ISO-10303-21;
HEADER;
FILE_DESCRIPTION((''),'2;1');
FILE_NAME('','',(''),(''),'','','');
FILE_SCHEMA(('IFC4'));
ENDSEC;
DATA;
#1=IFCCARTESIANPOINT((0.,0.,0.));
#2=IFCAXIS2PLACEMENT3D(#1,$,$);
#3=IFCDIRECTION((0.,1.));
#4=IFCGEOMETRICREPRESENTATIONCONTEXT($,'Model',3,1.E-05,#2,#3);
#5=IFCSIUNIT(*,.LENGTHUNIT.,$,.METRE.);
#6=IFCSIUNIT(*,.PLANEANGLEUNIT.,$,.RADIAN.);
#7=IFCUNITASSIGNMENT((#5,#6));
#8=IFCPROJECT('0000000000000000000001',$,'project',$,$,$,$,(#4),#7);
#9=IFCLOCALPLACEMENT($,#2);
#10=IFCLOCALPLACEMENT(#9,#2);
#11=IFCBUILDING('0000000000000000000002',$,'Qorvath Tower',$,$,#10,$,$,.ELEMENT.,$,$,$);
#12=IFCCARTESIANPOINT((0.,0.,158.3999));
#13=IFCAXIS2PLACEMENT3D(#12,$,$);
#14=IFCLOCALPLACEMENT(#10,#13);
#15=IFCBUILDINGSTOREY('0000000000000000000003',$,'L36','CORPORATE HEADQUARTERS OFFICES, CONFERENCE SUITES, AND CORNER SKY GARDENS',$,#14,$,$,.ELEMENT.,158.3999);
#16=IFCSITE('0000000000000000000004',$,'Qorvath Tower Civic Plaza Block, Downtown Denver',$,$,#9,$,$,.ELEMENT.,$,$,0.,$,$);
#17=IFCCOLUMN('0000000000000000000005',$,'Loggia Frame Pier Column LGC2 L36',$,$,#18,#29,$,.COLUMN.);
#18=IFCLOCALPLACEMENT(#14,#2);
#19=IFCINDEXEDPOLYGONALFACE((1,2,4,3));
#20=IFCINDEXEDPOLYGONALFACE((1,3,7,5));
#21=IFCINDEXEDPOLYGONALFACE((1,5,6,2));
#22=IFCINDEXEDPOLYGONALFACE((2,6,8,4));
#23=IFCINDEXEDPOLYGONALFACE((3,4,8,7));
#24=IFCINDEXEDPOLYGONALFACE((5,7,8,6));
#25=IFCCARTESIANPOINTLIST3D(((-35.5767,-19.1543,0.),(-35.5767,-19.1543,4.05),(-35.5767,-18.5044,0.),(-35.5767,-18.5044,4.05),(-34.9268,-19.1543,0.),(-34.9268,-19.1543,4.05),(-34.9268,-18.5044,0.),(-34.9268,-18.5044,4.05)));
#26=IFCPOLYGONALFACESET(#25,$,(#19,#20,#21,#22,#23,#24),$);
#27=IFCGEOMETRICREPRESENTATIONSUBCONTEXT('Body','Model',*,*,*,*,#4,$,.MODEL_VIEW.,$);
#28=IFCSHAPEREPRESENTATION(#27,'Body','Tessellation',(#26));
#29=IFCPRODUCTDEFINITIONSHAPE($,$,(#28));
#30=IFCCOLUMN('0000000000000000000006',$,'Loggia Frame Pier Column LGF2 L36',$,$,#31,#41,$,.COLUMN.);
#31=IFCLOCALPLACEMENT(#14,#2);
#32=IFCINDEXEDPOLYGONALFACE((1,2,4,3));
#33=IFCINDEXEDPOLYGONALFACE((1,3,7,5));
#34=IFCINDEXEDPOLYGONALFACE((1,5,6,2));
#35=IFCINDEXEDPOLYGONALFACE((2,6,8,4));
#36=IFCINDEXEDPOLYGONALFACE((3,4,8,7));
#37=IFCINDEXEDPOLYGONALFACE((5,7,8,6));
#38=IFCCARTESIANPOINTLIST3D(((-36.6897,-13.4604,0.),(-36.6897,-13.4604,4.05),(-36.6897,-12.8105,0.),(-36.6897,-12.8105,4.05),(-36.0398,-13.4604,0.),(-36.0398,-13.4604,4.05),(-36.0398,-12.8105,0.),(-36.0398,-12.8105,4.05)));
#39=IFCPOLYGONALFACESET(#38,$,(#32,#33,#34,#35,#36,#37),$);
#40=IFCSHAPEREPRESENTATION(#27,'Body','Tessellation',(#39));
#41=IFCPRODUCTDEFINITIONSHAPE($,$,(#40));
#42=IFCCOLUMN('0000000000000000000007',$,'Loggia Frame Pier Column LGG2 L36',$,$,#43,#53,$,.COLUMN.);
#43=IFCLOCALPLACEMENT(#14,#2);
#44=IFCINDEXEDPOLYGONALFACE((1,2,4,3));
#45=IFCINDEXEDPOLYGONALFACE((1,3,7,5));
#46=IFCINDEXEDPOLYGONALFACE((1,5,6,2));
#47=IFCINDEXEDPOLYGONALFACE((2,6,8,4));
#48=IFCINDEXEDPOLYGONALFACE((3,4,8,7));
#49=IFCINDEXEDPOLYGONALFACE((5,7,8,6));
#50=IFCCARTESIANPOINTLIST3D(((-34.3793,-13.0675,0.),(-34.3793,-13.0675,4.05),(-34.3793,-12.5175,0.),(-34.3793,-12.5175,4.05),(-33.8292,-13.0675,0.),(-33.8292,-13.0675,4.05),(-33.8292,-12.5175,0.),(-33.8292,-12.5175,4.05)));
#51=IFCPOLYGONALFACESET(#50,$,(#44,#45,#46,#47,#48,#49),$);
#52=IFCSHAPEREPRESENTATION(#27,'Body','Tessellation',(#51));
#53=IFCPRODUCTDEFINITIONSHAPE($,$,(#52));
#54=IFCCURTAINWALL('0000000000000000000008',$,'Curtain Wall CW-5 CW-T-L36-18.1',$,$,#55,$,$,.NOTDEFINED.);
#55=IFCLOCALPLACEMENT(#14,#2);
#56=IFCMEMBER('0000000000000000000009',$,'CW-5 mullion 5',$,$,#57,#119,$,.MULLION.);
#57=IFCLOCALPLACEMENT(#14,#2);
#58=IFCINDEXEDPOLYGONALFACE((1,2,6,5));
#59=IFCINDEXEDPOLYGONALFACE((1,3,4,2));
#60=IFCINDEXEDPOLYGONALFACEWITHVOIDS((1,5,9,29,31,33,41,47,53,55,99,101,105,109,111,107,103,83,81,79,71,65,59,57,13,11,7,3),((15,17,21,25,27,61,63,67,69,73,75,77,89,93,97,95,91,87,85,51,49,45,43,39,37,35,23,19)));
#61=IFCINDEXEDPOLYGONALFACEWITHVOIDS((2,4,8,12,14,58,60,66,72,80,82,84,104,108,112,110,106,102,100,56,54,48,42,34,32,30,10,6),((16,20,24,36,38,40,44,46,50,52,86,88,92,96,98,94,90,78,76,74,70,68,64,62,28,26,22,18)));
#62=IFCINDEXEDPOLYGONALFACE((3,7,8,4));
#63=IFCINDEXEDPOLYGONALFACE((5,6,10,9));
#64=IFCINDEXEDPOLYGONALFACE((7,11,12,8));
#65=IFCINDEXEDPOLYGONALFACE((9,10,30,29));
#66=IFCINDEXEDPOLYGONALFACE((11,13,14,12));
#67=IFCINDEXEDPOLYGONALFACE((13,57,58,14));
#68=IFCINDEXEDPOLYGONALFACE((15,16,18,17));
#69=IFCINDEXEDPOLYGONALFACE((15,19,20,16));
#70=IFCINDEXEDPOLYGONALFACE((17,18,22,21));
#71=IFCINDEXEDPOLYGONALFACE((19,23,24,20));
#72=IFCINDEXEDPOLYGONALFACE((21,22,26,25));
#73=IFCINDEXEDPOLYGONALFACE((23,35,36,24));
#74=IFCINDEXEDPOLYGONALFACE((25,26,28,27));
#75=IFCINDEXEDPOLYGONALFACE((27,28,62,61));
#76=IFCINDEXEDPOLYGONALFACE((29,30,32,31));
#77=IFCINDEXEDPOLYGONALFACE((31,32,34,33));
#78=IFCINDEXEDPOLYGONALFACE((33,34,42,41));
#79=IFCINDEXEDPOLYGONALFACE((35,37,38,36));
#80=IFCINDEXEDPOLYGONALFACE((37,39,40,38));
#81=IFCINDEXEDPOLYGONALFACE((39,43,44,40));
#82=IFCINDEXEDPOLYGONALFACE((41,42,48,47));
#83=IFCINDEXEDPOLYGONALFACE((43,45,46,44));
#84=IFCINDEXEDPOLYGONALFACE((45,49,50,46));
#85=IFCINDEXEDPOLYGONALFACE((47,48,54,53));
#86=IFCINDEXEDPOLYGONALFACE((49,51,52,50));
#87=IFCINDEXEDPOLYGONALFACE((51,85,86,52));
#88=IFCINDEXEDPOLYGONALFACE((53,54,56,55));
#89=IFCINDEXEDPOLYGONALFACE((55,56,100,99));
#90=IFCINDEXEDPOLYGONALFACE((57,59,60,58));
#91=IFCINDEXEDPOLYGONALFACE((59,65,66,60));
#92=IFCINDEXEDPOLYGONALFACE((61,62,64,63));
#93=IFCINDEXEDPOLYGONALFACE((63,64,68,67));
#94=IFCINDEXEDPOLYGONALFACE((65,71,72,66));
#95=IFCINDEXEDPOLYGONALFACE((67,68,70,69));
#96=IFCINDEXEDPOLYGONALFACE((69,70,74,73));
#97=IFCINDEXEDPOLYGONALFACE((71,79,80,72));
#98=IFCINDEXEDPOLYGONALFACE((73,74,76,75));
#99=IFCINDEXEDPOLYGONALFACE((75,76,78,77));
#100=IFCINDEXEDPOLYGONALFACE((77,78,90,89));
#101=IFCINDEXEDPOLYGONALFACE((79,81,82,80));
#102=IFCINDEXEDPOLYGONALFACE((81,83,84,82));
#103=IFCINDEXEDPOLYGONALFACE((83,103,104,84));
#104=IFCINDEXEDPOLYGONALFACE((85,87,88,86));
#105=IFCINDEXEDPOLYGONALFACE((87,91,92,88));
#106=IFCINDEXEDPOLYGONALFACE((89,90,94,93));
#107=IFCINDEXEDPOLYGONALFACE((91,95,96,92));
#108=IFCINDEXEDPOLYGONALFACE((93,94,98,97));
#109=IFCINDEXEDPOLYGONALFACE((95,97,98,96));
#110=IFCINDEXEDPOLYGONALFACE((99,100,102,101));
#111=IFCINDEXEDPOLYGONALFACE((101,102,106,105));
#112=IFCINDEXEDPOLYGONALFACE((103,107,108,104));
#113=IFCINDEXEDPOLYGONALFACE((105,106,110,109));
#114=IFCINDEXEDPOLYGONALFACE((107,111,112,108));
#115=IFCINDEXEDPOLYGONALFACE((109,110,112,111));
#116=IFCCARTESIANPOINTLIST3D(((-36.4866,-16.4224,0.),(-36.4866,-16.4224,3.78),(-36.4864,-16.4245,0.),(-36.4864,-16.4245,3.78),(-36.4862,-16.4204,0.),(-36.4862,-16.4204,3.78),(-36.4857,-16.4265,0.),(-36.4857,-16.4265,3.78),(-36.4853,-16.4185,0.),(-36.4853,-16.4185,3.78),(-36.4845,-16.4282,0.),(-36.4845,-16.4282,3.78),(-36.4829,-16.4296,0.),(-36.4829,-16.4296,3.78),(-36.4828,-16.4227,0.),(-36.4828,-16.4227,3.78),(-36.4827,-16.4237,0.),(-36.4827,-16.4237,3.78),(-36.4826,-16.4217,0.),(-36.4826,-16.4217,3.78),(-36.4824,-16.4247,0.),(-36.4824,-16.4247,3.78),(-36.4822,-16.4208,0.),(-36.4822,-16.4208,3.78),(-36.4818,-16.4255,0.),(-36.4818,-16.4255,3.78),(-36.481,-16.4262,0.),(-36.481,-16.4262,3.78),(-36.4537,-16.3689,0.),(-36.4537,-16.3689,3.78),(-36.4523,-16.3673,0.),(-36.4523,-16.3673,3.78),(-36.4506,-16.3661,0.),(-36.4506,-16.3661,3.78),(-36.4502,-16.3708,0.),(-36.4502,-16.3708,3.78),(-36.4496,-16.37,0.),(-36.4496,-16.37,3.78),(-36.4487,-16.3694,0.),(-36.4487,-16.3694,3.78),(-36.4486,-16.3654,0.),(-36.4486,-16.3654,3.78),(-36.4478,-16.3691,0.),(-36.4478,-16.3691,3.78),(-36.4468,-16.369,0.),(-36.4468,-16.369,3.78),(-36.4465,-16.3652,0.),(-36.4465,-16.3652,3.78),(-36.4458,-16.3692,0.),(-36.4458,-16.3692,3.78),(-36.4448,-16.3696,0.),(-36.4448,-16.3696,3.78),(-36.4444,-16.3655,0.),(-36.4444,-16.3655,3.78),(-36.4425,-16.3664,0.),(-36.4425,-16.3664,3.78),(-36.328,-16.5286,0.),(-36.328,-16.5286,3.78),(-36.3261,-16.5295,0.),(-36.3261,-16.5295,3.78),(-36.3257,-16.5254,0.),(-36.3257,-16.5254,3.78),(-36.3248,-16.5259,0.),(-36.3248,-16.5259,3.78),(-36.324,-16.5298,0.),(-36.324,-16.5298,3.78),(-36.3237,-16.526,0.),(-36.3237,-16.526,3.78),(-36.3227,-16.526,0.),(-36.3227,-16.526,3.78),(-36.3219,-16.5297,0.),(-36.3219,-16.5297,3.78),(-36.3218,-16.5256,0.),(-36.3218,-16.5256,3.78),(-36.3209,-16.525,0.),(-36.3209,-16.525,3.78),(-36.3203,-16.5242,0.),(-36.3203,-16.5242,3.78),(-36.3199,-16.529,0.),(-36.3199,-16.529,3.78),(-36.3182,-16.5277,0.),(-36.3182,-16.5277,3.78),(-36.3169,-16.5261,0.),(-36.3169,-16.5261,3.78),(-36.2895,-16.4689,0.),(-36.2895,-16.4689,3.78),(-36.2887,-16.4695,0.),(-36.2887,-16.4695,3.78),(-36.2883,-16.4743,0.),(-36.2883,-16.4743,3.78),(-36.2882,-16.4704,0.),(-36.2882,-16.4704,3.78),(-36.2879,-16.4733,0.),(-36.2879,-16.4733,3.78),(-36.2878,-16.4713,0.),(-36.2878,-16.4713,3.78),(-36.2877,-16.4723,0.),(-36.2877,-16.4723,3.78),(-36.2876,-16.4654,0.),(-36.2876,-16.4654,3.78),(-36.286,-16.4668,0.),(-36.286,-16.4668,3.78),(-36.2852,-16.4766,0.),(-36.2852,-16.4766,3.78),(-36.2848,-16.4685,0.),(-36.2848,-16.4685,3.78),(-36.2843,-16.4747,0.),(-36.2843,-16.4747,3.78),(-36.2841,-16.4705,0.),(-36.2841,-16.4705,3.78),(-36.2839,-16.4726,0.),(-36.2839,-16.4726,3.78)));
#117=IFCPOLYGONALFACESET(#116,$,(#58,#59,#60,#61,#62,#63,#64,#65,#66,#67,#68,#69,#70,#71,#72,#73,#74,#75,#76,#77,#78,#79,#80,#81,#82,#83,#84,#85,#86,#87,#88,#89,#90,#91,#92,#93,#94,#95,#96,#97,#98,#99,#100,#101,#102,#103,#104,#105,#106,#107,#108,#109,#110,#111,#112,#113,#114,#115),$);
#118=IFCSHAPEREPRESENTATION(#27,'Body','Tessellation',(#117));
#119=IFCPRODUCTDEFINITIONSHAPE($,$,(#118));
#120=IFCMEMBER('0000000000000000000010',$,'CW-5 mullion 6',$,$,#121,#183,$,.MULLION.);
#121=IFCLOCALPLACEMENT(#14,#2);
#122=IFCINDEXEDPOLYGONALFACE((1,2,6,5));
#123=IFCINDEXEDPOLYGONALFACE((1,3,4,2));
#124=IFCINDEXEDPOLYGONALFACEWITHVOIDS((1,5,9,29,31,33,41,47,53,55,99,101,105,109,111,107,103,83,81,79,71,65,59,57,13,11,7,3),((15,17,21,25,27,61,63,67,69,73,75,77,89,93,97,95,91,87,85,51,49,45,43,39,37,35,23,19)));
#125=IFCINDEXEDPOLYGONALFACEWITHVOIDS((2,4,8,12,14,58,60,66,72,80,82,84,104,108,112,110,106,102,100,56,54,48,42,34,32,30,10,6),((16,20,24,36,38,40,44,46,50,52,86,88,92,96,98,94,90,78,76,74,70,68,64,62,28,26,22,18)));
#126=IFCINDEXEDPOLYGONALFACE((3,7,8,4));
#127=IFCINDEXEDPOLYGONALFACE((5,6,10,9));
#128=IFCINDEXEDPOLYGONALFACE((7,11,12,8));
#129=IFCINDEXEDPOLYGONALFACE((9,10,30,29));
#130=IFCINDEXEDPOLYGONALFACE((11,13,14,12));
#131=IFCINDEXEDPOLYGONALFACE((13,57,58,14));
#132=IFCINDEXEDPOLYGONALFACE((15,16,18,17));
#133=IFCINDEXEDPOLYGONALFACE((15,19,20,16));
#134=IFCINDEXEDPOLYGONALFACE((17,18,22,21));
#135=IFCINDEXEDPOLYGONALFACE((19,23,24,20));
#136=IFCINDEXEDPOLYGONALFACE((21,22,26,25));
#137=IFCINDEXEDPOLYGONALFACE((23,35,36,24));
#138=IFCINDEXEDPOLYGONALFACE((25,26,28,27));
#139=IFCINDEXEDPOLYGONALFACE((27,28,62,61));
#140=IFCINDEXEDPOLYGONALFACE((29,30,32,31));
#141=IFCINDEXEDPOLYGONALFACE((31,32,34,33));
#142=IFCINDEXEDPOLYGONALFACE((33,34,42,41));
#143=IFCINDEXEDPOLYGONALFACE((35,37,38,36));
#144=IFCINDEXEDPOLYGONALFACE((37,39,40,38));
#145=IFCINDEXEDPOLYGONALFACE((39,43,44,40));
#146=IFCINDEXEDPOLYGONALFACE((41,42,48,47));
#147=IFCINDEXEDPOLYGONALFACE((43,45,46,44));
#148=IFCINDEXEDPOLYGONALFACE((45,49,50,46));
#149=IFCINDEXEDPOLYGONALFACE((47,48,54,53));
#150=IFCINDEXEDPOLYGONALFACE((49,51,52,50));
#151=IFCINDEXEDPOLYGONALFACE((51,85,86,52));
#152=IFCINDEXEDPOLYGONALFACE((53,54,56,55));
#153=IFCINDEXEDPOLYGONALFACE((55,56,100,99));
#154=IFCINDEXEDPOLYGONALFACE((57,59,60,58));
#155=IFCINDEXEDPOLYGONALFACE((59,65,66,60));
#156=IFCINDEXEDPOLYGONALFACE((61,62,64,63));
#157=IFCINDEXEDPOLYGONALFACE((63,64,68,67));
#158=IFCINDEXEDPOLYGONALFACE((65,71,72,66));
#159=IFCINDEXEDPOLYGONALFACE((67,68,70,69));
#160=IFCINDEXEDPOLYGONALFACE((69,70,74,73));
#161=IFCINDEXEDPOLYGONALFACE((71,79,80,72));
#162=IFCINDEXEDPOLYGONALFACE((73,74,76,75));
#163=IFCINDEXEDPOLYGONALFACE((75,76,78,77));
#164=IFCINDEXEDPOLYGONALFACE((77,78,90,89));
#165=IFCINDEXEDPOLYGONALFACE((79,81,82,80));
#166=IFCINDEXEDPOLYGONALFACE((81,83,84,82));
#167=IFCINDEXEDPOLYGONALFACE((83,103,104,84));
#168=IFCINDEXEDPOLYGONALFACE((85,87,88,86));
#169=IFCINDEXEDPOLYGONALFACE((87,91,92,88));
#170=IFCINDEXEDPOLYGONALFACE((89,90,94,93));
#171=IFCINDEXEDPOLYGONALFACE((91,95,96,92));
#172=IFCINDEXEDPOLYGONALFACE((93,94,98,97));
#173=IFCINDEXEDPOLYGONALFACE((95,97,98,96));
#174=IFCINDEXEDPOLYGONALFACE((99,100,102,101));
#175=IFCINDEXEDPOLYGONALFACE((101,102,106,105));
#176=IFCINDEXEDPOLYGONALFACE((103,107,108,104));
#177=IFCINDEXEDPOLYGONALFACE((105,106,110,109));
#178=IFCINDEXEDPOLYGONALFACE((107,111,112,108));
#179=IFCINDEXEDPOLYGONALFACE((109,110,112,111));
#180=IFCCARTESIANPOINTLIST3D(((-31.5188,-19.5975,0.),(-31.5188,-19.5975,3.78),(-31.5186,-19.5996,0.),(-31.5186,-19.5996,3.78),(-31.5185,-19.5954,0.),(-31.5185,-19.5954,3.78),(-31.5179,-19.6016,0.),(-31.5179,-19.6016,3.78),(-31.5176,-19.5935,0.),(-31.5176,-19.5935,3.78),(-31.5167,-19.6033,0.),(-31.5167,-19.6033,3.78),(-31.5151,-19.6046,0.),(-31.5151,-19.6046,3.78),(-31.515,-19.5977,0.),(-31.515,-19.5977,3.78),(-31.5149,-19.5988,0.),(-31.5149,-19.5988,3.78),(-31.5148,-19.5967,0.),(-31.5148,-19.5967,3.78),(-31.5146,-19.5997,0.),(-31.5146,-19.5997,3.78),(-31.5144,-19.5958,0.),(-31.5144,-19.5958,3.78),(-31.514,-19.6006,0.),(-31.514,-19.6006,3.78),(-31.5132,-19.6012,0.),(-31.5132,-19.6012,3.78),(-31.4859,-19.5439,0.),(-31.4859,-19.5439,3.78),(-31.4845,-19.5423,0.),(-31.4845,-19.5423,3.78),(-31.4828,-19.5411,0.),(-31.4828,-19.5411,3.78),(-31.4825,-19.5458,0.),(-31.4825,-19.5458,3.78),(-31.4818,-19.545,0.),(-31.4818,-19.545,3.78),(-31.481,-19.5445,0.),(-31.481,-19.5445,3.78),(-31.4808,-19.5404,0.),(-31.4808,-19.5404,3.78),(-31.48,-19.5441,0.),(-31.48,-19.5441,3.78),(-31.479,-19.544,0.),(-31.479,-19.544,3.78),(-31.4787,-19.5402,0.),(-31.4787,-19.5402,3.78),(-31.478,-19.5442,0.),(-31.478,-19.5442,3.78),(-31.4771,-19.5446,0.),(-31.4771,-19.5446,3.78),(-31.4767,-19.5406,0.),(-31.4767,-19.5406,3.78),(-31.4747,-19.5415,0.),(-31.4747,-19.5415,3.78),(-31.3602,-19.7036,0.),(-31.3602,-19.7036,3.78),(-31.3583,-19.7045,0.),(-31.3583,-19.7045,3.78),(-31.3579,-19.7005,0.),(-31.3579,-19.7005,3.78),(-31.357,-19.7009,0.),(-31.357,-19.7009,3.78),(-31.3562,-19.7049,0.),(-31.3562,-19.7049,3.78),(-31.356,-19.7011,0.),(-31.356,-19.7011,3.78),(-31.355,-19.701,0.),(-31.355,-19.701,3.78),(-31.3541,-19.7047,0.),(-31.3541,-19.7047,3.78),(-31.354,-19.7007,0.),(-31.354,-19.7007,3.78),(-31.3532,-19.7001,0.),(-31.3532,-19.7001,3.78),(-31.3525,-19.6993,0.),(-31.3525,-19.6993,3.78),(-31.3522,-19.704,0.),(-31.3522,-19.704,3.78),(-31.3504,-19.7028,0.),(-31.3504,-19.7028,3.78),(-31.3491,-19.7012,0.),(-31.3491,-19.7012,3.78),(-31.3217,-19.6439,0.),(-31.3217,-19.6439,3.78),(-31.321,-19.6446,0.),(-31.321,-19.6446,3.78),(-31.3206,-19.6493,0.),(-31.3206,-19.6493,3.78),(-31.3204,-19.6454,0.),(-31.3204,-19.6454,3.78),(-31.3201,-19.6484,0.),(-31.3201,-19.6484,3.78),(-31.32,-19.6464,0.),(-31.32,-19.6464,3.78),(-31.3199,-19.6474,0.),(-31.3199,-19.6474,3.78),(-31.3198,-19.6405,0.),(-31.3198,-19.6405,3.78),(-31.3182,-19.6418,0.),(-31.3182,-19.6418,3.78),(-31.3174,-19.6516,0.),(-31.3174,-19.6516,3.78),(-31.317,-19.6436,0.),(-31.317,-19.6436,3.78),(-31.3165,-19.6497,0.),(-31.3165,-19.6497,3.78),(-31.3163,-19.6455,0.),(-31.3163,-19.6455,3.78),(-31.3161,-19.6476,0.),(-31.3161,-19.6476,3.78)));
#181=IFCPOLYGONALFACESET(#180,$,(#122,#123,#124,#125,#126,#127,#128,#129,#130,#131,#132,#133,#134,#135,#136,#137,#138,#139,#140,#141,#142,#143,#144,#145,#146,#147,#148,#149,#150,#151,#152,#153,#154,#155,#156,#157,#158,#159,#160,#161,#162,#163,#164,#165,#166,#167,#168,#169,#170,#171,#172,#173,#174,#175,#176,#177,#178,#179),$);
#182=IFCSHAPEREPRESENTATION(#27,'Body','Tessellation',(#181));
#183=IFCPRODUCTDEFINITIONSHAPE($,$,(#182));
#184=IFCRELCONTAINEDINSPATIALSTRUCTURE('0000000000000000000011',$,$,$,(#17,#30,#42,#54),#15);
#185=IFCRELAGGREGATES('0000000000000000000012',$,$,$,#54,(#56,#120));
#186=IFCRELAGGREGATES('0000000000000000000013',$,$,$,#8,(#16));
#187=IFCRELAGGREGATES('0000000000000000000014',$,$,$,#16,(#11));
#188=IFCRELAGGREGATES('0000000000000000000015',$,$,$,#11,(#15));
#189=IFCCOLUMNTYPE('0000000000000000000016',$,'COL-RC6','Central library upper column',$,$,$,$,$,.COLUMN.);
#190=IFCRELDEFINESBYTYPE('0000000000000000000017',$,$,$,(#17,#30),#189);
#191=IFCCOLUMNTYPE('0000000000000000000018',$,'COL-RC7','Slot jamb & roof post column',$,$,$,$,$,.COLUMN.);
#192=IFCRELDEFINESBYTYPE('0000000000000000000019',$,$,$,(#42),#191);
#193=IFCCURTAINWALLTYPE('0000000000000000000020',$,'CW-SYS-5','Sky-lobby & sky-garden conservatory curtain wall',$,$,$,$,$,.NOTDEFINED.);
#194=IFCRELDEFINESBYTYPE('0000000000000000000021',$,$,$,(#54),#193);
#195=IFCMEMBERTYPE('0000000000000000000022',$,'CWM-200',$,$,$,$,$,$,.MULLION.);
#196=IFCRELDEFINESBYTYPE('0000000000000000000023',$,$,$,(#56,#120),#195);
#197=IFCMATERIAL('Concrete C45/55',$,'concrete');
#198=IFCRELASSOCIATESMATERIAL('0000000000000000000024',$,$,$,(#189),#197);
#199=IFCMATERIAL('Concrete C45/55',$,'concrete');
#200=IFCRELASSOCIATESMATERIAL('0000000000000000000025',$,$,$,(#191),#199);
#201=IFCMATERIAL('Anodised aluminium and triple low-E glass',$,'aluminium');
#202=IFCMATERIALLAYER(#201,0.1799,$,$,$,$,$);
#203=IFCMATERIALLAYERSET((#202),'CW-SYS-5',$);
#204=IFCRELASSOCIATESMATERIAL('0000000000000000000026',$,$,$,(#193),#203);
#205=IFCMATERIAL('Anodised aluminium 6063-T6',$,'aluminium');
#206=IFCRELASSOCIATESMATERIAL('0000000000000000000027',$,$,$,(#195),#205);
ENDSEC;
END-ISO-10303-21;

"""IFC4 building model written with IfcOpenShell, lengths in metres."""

from ifc_helpers import new_model, si_unit, direction, frame, origin, origin_2d, place, context, subcontext, project, spatial, rectangle, hollow_rectangle, extrude, material, layer, layer_set, material_profile, profile_set, type_object, element, aggregate, save


model = new_model("IFC4")

# Units and contexts
model_context = context("Model", 3, precision=1e-05, world=origin(), true_north=direction((0.0, 1.0)))
body_context = subcontext(model_context, "Body", "Model", "MODEL_VIEW")
ifc_project = project(units=[si_unit("LENGTHUNIT", "METRE"), si_unit("PLANEANGLEUNIT", "RADIAN")], contexts=[model_context])

# Site, building, storey
site_placement = place(None, origin())
site = spatial("IfcSite", under=ifc_project, at=site_placement, Name="Qorvath Tower Civic Plaza Block, Downtown Denver", CompositionType="ELEMENT", RefElevation=0.0)
building_placement = place(site_placement, origin())
building = spatial("IfcBuilding", under=site, at=building_placement, Name="Qorvath Tower", CompositionType="ELEMENT")
storey_placement = place(building_placement, frame((0.0, 0.0, 158.3999)))
storey = spatial("IfcBuildingStorey", under=building, at=storey_placement, Name="L36", Description="CORPORATE HEADQUARTERS OFFICES, CONFERENCE SUITES, AND CORNER SKY GARDENS", CompositionType="ELEMENT", Elevation=158.3999)

# Columns
ifc_material_1 = material(Name="Concrete C45/55", Category="concrete")
ifc_material_profile_1 = material_profile(ifc_material_1, rectangle(XDim=0.6499, YDim=0.6499, at=origin_2d()), Name="RC 650x650")
ifc_profile_set_1 = profile_set([ifc_material_profile_1], Name="Concrete C45/55")
column_type_1 = type_object("IfcColumnType", Name="COL-RC6", Description="Central library upper column", PredefinedType="COLUMN", material=ifc_profile_set_1)
for number, where, z_axis, x_axis, name in (
    (1, (-35.2517, -18.8293, 0.0), (0.0, 0.0, 1.0), (1.0, 0.0, 0.0), "Loggia Frame Pier Column LGC2 L36"),
    (2, (-36.3647, -13.1355, 0.0), (0.0, 0.0, 1.0), (1.0, 0.0, 0.0), "Loggia Frame Pier Column LGF2 L36"),
):
    element("IfcColumn", number, at=place(storey_placement, frame(where, z_axis=z_axis, x_axis=x_axis)), inside=storey, type_object=column_type_1, Name=name, PredefinedType="COLUMN", context=body_context, shape_type="SweptSolid", body=[
        extrude(rectangle(XDim=0.6499, YDim=0.6499, at=origin_2d()), origin(), (0.0, 0.0, 1.0), 4.05),
    ])
ifc_material_2 = material(Name="Concrete C45/55", Category="concrete")
ifc_material_profile_2 = material_profile(ifc_material_2, rectangle(XDim=0.55, YDim=0.55, at=origin_2d()), Name="RC 550x550")
ifc_profile_set_2 = profile_set([ifc_material_profile_2], Name="Concrete C45/55")
column_type_2 = type_object("IfcColumnType", Name="COL-RC7", Description="Slot jamb & roof post column", PredefinedType="COLUMN", material=ifc_profile_set_2)
column_placement = place(storey_placement, frame((-34.1042, -12.7925, 0.0), z_axis=(0.0, 0.0, 1.0), x_axis=(1.0, 0.0, 0.0)))
element("IfcColumn", 3, at=column_placement, inside=storey, type_object=column_type_2, Name="Loggia Frame Pier Column LGG2 L36", PredefinedType="COLUMN", context=body_context, shape_type="SweptSolid", body=[
    extrude(rectangle(XDim=0.55, YDim=0.55, at=origin_2d()), origin(), (0.0, 0.0, 1.0), 4.05),
])

# Curtain wall, members
ifc_material_3 = material(Name="Anodised aluminium and triple low-E glass", Category="aluminium")
ifc_layer_1 = layer(ifc_material_3, 0.1799)
ifc_layer_set_1 = layer_set([ifc_layer_1], Name="CW-SYS-5")
curtain_wall_type = type_object("IfcCurtainWallType", Name="CW-SYS-5", Description="Sky-lobby & sky-garden conservatory curtain wall", PredefinedType="NOTDEFINED", material=ifc_layer_set_1)
curtain_wall_placement = place(storey_placement, origin())
curtain_wall = element("IfcCurtainWall", 4, at=curtain_wall_placement, inside=storey, type_object=curtain_wall_type, Name="Curtain Wall CW-5 CW-T-L36-18.1", PredefinedType="NOTDEFINED")
ifc_material_4 = material(Name="Anodised aluminium 6063-T6", Category="aluminium")
ifc_material_profile_3 = material_profile(ifc_material_4, hollow_rectangle(XDim=0.075, YDim=0.2, WallThickness=0.0039, InnerFilletRadius=0.0039, OuterFilletRadius=0.0081, at=origin_2d()), Name="CWM 200x75")
ifc_profile_set_3 = profile_set([ifc_material_profile_3], Name="Anodised aluminium 6063-T6")
member_type_1 = type_object("IfcMemberType", Name="CWM-200", PredefinedType="MULLION", material=ifc_profile_set_3)
member_1_placement = place(storey_placement, frame((-36.3853, -16.4475, 0.0), z_axis=(0.0, 0.0, 1.0), x_axis=(0.538539, 0.842601, 0.0)))
member_1 = element("IfcMember", 5, at=member_1_placement, type_object=member_type_1, Name="CW-5 mullion 5", PredefinedType="MULLION", context=body_context, shape_type="SweptSolid", body=[
    extrude(hollow_rectangle(XDim=0.075, YDim=0.2, WallThickness=0.0039, InnerFilletRadius=0.0039, OuterFilletRadius=0.0081, at=origin_2d()), origin(), (0.0, 0.0, 1.0), 3.78),
])
member_2_placement = place(storey_placement, frame((-31.4175, -19.6226, 0.0), z_axis=(0.0, 0.0, 1.0), x_axis=(0.538539, 0.842601, 0.0)))
member_2 = element("IfcMember", 6, at=member_2_placement, type_object=member_type_1, Name="CW-5 mullion 6", PredefinedType="MULLION", context=body_context, shape_type="SweptSolid", body=[
    extrude(hollow_rectangle(XDim=0.075, YDim=0.2, WallThickness=0.0039, InnerFilletRadius=0.0039, OuterFilletRadius=0.0081, at=origin_2d()), origin(), (0.0, 0.0, 1.0), 3.78),
])
aggregate(curtain_wall, [member_1, member_2])

save(model, "model.ifc")
